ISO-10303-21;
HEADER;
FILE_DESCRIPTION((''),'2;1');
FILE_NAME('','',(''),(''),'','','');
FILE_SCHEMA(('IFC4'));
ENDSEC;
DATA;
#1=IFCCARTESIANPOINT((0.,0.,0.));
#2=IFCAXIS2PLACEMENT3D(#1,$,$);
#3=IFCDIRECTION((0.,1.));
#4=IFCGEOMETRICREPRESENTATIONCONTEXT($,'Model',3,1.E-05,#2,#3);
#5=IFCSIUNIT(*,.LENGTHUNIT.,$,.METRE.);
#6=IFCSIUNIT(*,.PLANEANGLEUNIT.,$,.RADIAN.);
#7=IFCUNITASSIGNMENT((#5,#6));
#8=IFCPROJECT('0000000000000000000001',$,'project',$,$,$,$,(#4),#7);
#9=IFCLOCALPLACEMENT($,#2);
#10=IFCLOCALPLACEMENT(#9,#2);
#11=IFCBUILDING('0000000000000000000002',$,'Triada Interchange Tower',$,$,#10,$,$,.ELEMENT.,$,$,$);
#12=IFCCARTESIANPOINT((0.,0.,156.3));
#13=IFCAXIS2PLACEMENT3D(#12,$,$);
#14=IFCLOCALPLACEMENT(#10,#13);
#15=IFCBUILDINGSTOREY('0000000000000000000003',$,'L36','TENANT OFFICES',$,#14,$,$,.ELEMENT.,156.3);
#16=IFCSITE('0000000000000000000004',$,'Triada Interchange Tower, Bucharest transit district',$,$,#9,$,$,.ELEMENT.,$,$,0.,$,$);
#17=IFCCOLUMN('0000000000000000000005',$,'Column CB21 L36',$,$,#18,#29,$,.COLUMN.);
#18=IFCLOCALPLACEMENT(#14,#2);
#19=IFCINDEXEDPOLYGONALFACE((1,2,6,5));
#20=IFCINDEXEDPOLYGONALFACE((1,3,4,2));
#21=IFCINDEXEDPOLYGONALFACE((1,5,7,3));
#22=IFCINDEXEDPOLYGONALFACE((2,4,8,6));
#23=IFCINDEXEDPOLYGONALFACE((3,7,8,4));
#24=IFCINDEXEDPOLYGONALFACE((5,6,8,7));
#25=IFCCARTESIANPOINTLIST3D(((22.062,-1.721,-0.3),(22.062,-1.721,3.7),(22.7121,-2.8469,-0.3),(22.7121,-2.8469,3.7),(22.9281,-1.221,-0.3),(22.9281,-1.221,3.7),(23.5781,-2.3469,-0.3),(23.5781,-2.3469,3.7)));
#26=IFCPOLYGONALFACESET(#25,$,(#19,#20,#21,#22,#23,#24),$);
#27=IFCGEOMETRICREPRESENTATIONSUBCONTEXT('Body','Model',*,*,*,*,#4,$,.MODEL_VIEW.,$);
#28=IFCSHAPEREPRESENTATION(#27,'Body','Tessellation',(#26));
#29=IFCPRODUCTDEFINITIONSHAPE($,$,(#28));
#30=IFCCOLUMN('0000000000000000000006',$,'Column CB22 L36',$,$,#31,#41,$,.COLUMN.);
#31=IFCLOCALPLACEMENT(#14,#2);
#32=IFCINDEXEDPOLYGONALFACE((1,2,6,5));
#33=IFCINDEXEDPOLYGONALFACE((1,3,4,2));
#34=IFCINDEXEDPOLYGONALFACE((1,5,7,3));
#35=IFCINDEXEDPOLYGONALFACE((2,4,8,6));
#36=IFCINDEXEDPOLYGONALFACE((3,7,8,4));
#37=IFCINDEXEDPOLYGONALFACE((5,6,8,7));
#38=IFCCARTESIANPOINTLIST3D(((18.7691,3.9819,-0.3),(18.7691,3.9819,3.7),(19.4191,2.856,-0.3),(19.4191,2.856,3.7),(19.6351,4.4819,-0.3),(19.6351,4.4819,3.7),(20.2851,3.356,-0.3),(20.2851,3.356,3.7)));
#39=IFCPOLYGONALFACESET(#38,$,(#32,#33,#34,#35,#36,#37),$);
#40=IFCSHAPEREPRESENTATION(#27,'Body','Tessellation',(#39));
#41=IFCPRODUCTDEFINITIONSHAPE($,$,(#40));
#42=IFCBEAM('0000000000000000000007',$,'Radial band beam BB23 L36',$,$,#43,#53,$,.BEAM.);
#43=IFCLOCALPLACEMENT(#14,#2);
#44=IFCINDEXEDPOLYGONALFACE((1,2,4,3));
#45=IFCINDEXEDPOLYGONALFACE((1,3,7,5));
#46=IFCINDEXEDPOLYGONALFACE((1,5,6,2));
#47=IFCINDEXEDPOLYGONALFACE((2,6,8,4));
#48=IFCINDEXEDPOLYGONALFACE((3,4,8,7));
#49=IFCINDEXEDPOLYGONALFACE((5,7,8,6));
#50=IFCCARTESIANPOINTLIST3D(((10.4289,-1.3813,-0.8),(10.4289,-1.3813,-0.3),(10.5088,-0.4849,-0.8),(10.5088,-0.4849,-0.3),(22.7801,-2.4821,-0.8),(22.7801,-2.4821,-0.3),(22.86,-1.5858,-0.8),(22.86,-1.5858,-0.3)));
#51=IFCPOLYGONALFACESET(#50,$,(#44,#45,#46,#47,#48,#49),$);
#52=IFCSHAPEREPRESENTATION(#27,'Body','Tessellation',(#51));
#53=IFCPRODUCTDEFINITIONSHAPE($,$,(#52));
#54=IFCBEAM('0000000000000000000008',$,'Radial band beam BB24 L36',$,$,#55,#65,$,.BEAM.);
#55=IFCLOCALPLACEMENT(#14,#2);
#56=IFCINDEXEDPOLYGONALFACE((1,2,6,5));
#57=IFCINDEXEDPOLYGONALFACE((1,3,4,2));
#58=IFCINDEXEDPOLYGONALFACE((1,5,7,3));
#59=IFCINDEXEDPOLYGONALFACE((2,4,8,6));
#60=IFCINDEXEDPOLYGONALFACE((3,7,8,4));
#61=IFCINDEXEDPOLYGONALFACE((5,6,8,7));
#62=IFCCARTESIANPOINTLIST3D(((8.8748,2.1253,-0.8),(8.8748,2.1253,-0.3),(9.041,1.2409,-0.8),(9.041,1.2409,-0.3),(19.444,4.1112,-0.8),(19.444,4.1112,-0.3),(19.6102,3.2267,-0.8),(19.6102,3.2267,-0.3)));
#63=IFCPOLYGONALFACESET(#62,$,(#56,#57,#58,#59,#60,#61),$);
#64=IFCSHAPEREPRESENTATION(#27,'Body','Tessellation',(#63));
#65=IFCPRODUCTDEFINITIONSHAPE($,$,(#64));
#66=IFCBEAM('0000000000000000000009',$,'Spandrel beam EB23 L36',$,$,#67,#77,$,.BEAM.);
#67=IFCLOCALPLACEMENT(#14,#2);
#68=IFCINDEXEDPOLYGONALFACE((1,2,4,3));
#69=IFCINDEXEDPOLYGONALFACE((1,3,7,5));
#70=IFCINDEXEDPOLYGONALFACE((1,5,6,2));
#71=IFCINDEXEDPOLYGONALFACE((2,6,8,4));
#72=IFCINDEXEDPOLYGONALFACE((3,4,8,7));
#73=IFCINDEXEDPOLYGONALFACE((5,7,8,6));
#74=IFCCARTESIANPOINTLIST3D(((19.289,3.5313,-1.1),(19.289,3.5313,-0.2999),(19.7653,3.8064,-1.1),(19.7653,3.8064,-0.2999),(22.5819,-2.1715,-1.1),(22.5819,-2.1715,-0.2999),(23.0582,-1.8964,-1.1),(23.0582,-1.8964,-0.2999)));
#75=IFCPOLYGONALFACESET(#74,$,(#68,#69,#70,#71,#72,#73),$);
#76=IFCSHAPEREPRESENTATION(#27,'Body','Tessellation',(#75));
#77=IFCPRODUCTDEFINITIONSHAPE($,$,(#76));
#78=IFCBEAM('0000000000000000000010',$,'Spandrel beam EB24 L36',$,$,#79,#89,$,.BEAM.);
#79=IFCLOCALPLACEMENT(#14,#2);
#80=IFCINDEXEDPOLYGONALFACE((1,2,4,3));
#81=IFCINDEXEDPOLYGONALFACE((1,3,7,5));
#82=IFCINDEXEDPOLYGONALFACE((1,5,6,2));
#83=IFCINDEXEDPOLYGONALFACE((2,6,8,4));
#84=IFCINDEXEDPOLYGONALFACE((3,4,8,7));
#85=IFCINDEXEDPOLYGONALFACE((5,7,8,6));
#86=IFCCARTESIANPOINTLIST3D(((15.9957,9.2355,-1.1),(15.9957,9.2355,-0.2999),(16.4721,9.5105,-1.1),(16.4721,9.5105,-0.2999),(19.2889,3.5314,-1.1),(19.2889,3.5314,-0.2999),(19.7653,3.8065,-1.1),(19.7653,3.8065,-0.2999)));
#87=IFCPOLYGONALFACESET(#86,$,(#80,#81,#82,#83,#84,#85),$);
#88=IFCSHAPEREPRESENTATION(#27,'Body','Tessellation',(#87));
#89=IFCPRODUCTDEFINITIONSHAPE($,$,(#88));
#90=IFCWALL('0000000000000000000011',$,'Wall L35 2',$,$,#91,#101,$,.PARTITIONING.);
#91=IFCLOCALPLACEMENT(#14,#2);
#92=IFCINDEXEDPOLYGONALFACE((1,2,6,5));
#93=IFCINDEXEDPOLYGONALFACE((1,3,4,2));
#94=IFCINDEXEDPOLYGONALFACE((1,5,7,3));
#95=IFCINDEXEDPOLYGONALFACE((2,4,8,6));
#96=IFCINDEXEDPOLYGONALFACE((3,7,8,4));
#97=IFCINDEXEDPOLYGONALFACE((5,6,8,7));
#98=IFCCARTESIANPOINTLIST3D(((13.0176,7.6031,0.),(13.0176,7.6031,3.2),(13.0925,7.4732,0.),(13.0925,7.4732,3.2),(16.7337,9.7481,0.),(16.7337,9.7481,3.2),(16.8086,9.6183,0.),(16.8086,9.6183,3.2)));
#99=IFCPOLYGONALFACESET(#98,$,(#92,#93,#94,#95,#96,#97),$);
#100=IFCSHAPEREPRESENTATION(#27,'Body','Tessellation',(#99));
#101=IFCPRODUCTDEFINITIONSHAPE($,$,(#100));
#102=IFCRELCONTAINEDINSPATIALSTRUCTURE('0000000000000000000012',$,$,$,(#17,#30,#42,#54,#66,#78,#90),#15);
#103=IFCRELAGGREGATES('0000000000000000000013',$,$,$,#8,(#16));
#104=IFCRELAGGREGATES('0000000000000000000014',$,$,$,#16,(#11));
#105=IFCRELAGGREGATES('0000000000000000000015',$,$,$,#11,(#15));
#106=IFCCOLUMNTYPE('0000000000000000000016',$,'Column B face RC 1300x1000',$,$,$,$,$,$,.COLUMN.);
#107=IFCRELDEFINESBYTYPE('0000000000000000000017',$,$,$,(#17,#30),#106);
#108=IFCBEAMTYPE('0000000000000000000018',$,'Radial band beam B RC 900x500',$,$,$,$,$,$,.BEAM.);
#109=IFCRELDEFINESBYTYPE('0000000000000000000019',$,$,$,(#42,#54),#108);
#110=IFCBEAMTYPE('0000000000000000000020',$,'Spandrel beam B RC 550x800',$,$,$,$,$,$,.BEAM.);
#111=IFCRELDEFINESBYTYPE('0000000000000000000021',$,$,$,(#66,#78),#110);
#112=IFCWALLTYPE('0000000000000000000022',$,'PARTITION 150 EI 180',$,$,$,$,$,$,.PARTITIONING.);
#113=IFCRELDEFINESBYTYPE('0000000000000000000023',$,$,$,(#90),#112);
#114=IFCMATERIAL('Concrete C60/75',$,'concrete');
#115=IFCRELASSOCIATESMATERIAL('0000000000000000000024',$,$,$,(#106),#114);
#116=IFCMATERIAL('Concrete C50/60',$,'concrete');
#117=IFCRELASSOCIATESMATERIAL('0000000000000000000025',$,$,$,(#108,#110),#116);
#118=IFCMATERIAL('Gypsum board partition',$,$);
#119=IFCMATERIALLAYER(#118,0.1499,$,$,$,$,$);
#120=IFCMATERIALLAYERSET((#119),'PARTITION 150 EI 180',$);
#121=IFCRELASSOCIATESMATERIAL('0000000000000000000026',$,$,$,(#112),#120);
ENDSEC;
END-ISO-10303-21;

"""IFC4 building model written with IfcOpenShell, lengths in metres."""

from ifc_helpers import new_model, si_unit, direction, frame, frame_2d, origin, origin_2d, place, context, subcontext, project, spatial, rectangle, extrude, material, layer, layer_set, material_profile, profile_set, type_object, element, save


model = new_model("IFC4")

# Units and contexts
model_context = context("Model", 3, precision=1e-05, world=origin(), true_north=direction((0.0, 1.0)))
body_context = subcontext(model_context, "Body", "Model", "MODEL_VIEW")
ifc_project = project(units=[si_unit("LENGTHUNIT", "METRE"), si_unit("PLANEANGLEUNIT", "RADIAN")], contexts=[model_context])

# Site, building, storey
site_placement = place(None, origin())
site = spatial("IfcSite", under=ifc_project, at=site_placement, Name="Triada Interchange Tower, Bucharest transit district", CompositionType="ELEMENT", RefElevation=0.0)
building_placement = place(site_placement, origin())
building = spatial("IfcBuilding", under=site, at=building_placement, Name="Triada Interchange Tower", CompositionType="ELEMENT")
storey_placement = place(building_placement, frame((0.0, 0.0, 156.3)))
storey = spatial("IfcBuildingStorey", under=building, at=storey_placement, Name="L36", Description="TENANT OFFICES", CompositionType="ELEMENT", Elevation=156.3)

# Columns
ifc_material_1 = material(Name="Concrete C60/75", Category="concrete")
ifc_material_profile_1 = material_profile(ifc_material_1, rectangle(XDim=1.3, YDim=1.0, at=origin_2d()), Name="RC 1300x1000")
ifc_profile_set_1 = profile_set([ifc_material_profile_1], Name="Concrete C60/75")
column_type = type_object("IfcColumnType", Name="Column B face RC 1300x1000", PredefinedType="COLUMN", material=ifc_profile_set_1)
for number, where, z_axis, x_axis, name in (
    (1, (22.8201, -2.0339, -0.3), (0.0, 0.0, 1.0), (-0.5, 0.866025, 0.0), "Column CB21 L36"),
    (2, (19.5271, 3.6689, -0.3), (0.0, 0.0, 1.0), (-0.5, 0.866025, 0.0), "Column CB22 L36"),
):
    element("IfcColumn", number, at=place(storey_placement, frame(where, z_axis=z_axis, x_axis=x_axis)), inside=storey, type_object=column_type, Name=name, PredefinedType="COLUMN", context=body_context, shape_type="SweptSolid", body=[
        extrude(rectangle(XDim=1.3, YDim=1.0, at=origin_2d()), origin(), (0.0, 0.0, 1.0), 4.0),
    ])

# Beams
ifc_material_2 = material(Name="Concrete C50/60", Category="concrete")
ifc_material_profile_2 = material_profile(ifc_material_2, rectangle(XDim=0.8999, YDim=0.5, at=origin_2d()), Name="RC 900x500")
ifc_profile_set_2 = profile_set([ifc_material_profile_2], Name="Concrete C50/60")
beam_type_1 = type_object("IfcBeamType", Name="Radial band beam B RC 900x500", PredefinedType="BEAM", material=ifc_profile_set_2)
beam_1_placement = place(storey_placement, frame((22.8201, -2.0339, -0.55), z_axis=(-0.996052, 0.088776, 0.0), x_axis=(-0.088776, -0.996052, 0.0)))
element("IfcBeam", 3, at=beam_1_placement, inside=storey, type_object=beam_type_1, Name="Radial band beam BB23 L36", PredefinedType="BEAM", context=body_context, shape_type="SweptSolid", body=[
    extrude(rectangle(XDim=0.8999, YDim=0.5, at=origin_2d()), origin(), (0.0, 0.0, 1.0), 12.4001),
])
beam_2_placement = place(storey_placement, frame((19.5271, 3.6689, -0.55), z_axis=(-0.982802, -0.18466, 0.0), x_axis=(0.18466, -0.982802, 0.0)))
element("IfcBeam", 4, at=beam_2_placement, inside=storey, type_object=beam_type_1, Name="Radial band beam BB24 L36", PredefinedType="BEAM", context=body_context, shape_type="SweptSolid", body=[
    extrude(rectangle(XDim=0.8999, YDim=0.5, at=origin_2d()), origin(), (0.0, 0.0, 1.0), 10.7542),
])
ifc_material_profile_3 = material_profile(ifc_material_2, rectangle(XDim=0.55, YDim=0.8, at=origin_2d()), Name="RC 550x800")
ifc_profile_set_3 = profile_set([ifc_material_profile_3], Name="Concrete C50/60")
beam_type_2 = type_object("IfcBeamType", Name="Spandrel beam B RC 550x800", PredefinedType="BEAM", material=ifc_profile_set_3)
beam_3_placement = place(storey_placement, frame((22.8201, -2.0339, -0.7), z_axis=(-0.500047, 0.865999, 0.0), x_axis=(-0.865999, -0.500047, 0.0)))
element("IfcBeam", 5, at=beam_3_placement, inside=storey, type_object=beam_type_2, Name="Spandrel beam EB23 L36", PredefinedType="BEAM", context=body_context, shape_type="SweptSolid", body=[
    extrude(rectangle(XDim=0.55, YDim=0.8, at=origin_2d()), origin(), (0.0, 0.0, 1.0), 6.5852),
])
beam_4_placement = place(storey_placement, frame((19.5271, 3.6689, -0.7), z_axis=(-0.499994, 0.866029, 0.0), x_axis=(-0.866029, -0.499994, 0.0)))
element("IfcBeam", 6, at=beam_4_placement, inside=storey, type_object=beam_type_2, Name="Spandrel beam EB24 L36", PredefinedType="BEAM", context=body_context, shape_type="SweptSolid", body=[
    extrude(rectangle(XDim=0.55, YDim=0.8, at=origin_2d()), origin(), (0.0, 0.0, 1.0), 6.5864),
])

# Wall
ifc_material_3 = material(Name="Gypsum board partition")
ifc_layer_1 = layer(ifc_material_3, 0.1499)
ifc_layer_set_1 = layer_set([ifc_layer_1], Name="PARTITION 150 EI 180")
wall_type = type_object("IfcWallType", Name="PARTITION 150 EI 180", PredefinedType="PARTITIONING", material=ifc_layer_set_1)
wall_1_placement = place(storey_placement, frame((13.0549, 7.5381, 0.0), z_axis=(0.0, 0.0, 1.0), x_axis=(0.866071, 0.499921, 0.0)))
element("IfcWall", 7, at=wall_1_placement, inside=storey, type_object=wall_type, Name="Wall L35 2", PredefinedType="PARTITIONING", context=body_context, shape_type="SweptSolid", body=[
    extrude(rectangle(XDim=4.2908, YDim=0.1499, at=frame_2d((2.1455, 0.0))), origin(), (0.0, 0.0, 1.0), 3.2),
])

save(model, "model.ifc")
